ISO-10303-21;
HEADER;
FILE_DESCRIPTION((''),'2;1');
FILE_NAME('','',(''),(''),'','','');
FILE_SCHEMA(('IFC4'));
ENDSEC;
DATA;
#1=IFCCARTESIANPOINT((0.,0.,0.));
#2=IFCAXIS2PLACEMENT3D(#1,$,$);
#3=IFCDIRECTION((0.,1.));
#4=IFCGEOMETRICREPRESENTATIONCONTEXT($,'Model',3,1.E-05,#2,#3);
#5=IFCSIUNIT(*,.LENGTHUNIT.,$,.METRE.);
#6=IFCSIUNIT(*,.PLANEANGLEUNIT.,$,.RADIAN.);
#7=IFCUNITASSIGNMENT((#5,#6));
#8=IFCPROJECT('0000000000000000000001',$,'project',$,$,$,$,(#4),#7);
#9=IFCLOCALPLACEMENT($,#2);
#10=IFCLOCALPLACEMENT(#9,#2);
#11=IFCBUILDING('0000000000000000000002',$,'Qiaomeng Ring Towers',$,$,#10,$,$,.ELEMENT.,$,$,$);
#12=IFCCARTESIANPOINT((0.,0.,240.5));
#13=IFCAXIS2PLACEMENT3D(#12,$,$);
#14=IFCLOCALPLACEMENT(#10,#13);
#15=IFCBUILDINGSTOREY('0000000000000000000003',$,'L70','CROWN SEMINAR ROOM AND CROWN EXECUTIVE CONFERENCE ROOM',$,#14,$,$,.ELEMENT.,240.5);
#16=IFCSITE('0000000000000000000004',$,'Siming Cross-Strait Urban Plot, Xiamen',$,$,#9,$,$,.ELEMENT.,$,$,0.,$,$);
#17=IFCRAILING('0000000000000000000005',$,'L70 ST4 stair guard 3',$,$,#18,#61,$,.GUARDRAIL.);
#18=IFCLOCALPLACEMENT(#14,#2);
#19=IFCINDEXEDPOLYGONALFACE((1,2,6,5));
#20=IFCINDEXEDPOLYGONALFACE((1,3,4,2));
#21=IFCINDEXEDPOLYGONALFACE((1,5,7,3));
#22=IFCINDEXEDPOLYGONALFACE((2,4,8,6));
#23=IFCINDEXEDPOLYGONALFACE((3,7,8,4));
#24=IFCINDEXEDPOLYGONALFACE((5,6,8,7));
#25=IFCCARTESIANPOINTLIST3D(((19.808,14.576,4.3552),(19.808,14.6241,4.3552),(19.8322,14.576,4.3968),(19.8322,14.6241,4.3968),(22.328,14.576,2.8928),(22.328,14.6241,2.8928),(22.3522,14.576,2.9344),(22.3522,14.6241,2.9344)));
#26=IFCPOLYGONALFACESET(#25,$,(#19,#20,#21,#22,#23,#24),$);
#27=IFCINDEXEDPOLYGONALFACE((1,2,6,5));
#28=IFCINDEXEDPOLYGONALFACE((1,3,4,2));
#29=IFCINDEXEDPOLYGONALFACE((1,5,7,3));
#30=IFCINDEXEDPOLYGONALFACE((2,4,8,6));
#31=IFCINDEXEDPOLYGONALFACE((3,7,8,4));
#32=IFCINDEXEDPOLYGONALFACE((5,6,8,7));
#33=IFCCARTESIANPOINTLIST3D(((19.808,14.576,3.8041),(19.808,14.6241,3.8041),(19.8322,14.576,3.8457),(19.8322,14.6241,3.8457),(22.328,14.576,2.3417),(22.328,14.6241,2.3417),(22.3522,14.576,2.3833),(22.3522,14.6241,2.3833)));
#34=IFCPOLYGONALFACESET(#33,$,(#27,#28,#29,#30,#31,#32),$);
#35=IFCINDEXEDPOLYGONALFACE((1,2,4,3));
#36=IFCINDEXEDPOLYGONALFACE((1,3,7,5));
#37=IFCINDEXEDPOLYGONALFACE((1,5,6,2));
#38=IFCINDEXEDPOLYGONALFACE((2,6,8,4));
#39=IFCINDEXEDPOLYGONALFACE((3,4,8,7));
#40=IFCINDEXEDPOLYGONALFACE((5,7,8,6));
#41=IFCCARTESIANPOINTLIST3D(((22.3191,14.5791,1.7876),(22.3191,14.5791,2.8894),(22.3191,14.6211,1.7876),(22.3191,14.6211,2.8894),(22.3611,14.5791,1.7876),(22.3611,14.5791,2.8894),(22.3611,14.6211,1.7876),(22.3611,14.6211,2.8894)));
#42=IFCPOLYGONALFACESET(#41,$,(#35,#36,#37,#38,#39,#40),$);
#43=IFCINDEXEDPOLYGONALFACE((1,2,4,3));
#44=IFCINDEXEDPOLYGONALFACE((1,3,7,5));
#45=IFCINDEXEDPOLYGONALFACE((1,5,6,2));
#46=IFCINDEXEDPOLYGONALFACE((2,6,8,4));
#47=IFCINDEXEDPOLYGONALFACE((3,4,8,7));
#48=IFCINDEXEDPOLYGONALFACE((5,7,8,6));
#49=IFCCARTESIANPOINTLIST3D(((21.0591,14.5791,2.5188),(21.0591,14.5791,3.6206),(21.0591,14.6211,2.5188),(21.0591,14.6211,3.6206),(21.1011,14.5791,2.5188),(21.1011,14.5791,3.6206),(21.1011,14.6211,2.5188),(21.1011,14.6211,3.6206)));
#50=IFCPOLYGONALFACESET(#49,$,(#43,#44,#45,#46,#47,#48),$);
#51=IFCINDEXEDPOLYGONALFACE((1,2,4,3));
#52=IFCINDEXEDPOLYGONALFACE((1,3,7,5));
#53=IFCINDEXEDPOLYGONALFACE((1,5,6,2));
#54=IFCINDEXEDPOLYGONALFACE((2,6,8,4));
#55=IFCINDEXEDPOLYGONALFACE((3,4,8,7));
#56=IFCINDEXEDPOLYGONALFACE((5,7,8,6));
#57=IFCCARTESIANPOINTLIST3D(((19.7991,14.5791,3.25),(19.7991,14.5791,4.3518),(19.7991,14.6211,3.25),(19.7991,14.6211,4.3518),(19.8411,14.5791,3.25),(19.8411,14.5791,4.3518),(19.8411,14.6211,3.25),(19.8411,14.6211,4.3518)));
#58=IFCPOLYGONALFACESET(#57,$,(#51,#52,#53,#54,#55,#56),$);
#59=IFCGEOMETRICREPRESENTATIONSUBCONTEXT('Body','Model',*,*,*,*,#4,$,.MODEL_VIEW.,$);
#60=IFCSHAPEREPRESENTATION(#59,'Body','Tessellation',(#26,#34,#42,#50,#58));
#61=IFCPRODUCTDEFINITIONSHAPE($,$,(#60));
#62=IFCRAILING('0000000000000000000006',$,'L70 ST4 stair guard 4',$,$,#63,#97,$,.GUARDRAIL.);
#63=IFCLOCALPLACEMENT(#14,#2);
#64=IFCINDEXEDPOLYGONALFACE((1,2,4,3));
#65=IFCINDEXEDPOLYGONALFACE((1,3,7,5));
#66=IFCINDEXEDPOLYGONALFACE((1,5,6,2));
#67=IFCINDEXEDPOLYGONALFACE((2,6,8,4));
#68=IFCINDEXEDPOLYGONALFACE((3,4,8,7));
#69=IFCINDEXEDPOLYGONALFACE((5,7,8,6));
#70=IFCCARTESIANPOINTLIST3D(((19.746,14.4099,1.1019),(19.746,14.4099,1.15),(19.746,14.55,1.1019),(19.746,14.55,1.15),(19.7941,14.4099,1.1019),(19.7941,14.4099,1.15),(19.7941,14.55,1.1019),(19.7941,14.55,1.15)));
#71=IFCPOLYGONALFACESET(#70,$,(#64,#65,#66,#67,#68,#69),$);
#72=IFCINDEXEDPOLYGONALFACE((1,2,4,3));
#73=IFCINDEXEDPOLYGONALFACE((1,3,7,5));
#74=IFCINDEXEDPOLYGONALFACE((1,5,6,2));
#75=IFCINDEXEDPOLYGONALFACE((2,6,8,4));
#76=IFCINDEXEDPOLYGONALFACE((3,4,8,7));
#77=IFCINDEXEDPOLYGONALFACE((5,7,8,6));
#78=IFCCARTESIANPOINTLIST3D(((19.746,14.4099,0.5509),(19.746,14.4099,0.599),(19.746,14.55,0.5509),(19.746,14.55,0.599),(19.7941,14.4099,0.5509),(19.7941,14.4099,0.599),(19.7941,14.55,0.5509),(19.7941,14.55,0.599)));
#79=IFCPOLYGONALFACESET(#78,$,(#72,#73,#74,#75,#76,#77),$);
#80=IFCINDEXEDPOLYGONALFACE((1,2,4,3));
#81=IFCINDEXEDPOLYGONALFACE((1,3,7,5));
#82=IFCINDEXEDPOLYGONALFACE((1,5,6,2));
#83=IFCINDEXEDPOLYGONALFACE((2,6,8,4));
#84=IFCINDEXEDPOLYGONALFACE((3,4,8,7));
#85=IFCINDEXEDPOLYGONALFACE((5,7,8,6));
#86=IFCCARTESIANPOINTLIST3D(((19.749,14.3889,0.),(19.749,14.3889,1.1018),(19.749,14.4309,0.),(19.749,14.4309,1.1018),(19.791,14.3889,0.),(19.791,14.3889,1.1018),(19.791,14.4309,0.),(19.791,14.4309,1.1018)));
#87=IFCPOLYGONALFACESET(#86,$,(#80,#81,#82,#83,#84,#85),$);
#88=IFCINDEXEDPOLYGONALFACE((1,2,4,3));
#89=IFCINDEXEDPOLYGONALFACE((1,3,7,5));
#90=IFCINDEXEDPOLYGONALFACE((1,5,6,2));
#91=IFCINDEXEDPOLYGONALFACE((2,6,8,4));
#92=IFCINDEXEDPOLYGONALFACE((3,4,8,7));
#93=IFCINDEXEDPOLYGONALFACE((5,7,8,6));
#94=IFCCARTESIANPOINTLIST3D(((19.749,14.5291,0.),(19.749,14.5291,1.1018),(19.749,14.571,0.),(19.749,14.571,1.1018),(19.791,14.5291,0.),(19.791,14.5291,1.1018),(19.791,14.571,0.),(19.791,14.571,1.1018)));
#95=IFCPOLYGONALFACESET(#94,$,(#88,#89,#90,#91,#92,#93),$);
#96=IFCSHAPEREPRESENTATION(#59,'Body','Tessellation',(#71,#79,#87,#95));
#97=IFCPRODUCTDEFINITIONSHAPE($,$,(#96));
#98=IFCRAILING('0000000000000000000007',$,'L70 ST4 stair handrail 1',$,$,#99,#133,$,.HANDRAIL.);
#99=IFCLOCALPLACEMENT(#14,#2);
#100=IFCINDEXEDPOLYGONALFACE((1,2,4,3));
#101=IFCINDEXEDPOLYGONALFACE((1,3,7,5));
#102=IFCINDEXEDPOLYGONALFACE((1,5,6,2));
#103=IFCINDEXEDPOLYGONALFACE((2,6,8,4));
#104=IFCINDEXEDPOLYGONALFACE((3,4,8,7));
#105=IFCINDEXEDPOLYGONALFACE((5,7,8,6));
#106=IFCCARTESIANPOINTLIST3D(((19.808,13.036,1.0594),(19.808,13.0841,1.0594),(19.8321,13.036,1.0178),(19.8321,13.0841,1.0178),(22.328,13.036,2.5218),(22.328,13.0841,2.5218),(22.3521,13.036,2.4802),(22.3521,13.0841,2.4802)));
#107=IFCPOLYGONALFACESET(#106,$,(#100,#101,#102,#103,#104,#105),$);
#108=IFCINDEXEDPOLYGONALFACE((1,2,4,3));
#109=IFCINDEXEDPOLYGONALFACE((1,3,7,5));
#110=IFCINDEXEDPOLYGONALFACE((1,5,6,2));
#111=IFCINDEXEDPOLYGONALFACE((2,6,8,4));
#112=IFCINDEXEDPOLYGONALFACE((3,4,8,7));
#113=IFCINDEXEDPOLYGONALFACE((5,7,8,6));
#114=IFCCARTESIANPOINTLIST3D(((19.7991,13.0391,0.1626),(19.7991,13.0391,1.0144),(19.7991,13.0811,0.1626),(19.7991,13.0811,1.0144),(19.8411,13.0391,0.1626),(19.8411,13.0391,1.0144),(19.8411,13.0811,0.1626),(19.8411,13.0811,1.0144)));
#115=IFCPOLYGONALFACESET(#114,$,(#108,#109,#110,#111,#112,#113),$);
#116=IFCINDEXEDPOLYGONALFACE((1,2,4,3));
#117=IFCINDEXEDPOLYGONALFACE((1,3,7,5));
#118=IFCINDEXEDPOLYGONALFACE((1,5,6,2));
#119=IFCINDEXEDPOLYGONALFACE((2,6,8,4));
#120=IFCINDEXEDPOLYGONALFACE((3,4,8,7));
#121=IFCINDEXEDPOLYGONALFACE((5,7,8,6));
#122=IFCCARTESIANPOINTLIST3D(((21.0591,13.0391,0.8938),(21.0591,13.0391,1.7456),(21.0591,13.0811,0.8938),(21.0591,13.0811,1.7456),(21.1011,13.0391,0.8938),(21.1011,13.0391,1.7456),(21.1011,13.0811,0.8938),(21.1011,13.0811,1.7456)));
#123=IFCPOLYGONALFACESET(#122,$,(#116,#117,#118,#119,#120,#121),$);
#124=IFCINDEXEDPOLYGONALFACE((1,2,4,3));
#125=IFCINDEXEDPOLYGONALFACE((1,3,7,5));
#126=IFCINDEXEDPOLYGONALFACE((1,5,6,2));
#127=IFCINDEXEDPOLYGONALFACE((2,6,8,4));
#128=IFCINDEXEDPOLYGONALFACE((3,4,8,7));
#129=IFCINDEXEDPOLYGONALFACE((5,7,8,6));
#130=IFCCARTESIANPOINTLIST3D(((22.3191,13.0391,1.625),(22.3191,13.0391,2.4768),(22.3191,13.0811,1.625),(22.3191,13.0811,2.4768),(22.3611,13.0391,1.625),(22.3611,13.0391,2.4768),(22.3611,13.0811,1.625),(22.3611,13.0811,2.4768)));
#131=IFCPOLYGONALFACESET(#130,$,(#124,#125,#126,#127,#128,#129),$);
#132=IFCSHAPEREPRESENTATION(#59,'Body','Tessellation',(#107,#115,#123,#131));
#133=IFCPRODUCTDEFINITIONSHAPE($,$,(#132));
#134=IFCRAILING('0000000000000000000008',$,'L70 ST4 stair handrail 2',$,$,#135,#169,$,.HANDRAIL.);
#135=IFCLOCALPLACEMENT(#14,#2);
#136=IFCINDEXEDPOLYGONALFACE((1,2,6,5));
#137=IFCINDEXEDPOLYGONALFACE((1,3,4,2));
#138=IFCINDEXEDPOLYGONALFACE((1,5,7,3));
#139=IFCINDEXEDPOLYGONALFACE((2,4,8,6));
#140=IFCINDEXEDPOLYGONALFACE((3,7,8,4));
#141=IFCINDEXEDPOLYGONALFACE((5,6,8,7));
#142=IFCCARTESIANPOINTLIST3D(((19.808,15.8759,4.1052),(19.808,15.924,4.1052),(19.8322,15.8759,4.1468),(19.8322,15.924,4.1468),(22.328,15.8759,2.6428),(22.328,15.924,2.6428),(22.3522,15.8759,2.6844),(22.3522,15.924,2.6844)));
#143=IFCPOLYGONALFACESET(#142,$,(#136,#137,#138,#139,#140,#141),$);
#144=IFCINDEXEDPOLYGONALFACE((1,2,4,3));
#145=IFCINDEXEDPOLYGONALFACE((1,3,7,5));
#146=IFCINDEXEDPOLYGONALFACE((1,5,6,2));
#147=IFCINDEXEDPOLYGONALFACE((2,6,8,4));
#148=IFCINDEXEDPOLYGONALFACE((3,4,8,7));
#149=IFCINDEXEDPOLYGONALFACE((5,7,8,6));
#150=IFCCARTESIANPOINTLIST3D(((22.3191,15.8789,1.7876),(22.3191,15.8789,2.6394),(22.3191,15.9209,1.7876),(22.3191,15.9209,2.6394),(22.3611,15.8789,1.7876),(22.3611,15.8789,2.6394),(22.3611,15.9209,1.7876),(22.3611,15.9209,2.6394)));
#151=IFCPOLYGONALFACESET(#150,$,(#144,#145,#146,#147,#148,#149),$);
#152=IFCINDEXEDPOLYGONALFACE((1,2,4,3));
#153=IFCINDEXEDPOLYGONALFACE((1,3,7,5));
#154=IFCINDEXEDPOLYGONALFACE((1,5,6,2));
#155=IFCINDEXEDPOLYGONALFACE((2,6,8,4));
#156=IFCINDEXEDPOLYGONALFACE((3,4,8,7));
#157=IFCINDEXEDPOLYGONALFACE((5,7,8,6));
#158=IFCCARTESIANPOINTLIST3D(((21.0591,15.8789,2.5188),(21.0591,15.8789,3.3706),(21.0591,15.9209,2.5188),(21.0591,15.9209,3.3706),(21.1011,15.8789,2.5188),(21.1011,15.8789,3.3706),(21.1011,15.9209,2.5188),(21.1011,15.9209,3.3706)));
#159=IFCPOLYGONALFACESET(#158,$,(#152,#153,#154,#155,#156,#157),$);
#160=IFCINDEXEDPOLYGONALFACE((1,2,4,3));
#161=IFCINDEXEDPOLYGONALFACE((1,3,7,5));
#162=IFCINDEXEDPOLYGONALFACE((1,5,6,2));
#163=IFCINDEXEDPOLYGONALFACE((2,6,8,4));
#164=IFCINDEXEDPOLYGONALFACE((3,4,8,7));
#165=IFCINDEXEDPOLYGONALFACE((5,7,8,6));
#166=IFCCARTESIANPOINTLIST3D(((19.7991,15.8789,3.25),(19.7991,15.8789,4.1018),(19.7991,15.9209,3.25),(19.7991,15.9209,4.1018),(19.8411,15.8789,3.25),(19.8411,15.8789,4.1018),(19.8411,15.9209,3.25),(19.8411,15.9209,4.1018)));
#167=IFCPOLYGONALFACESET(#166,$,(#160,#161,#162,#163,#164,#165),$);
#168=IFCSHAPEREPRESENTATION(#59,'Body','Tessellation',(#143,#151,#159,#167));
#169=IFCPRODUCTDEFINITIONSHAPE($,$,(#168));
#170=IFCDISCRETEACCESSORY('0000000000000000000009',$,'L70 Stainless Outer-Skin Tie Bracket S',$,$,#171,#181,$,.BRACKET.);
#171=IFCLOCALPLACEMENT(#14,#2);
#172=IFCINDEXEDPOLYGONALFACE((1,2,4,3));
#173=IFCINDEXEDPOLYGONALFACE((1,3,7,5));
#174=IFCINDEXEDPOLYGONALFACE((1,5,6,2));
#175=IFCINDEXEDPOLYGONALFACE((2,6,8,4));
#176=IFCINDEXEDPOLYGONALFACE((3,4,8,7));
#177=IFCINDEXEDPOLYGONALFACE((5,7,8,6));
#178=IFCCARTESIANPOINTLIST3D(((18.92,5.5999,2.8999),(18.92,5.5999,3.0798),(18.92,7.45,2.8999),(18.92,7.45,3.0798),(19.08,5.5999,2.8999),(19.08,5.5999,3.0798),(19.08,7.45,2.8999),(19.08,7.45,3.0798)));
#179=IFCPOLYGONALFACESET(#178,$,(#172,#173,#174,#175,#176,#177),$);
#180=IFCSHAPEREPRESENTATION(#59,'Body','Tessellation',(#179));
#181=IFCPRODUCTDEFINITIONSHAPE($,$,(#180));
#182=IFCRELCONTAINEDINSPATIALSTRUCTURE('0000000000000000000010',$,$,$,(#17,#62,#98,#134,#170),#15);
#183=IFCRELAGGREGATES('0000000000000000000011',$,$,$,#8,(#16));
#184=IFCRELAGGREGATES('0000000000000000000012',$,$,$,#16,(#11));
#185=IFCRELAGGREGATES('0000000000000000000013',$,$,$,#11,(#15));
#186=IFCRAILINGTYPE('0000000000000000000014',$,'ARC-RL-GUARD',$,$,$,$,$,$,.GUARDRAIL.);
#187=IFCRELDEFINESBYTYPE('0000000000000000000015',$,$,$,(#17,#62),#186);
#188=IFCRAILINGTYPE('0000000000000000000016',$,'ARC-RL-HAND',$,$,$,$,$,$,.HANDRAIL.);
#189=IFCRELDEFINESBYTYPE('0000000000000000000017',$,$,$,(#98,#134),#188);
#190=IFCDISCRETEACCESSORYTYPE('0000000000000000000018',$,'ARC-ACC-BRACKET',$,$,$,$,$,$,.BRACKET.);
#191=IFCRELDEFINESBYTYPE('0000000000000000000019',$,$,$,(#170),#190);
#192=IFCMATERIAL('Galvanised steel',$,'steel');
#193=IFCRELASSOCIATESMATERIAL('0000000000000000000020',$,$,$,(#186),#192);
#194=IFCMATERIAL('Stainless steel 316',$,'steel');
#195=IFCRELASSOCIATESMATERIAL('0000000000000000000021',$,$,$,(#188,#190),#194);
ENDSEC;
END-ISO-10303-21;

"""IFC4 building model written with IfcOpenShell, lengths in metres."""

from ifc_helpers import new_model, si_unit, direction, frame, origin, origin_2d, place, context, subcontext, project, spatial, rectangle, extrude, source, transform, mapped, material, type_object, element, save


model = new_model("IFC4")

# Units and contexts
model_context = context("Model", 3, precision=1e-05, world=origin(), true_north=direction((0.0, 1.0)))
body_context = subcontext(model_context, "Body", "Model", "MODEL_VIEW")
ifc_project = project(units=[si_unit("LENGTHUNIT", "METRE"), si_unit("PLANEANGLEUNIT", "RADIAN")], contexts=[model_context])

# Site, building, storey
site_placement = place(None, origin())
site = spatial("IfcSite", under=ifc_project, at=site_placement, Name="Siming Cross-Strait Urban Plot, Xiamen", CompositionType="ELEMENT", RefElevation=0.0)
building_placement = place(site_placement, origin())
building = spatial("IfcBuilding", under=site, at=building_placement, Name="Qiaomeng Ring Towers", CompositionType="ELEMENT")
storey_placement = place(building_placement, frame((0.0, 0.0, 240.5)))
storey = spatial("IfcBuildingStorey", under=building, at=storey_placement, Name="L70", Description="CROWN SEMINAR ROOM AND CROWN EXECUTIVE CONFERENCE ROOM", CompositionType="ELEMENT", Elevation=240.5)

# Shared definitions
ifc_material_1 = material(Name="Galvanised steel", Category="steel")

# Railings
railing_type_1 = type_object("IfcRailingType", Name="ARC-RL-GUARD", PredefinedType="GUARDRAIL", material=ifc_material_1)
railing_1_placement = place(storey_placement, frame((22.3401, 14.6001, 1.7876)))
element("IfcRailing", 1, at=railing_1_placement, inside=storey, type_object=railing_type_1, Name="L70 ST4 stair guard 3", PredefinedType="GUARDRAIL", context=body_context, shape_type="SweptSolid", body=[
    extrude(rectangle(XDim=0.0481, YDim=0.0481, at=origin_2d()), frame((0.0, 0.0, 1.126), z_axis=(-0.864913, 0.0, 0.501921), x_axis=(0.0, -1.0, 0.0)), (0.0, 0.0, 1.0), 2.9136),
    extrude(rectangle(XDim=0.0481, YDim=0.0481, at=origin_2d()), frame((0.0, 0.0, 0.575), z_axis=(-0.864913, 0.0, 0.501921), x_axis=(0.0, -1.0, 0.0)), (0.0, 0.0, 1.0), 2.9136),
    extrude(rectangle(XDim=0.042, YDim=0.042, at=origin_2d()), origin(), (0.0, 0.0, 1.0), 1.1018),
    extrude(rectangle(XDim=0.042, YDim=0.042, at=origin_2d()), frame((-1.26, 0.0, 0.7312)), (0.0, 0.0, 1.0), 1.1018),
    extrude(rectangle(XDim=0.042, YDim=0.042, at=origin_2d()), frame((-2.52, 0.0, 1.4624)), (0.0, 0.0, 1.0), 1.1018),
])
railing_2_placement = place(storey_placement, frame((19.77, 14.4099, 0.0)))
element("IfcRailing", 2, at=railing_2_placement, inside=storey, type_object=railing_type_1, Name="L70 ST4 stair guard 4", PredefinedType="GUARDRAIL", context=body_context, shape_type="SweptSolid", body=[
    extrude(rectangle(XDim=0.0481, YDim=0.0481, at=origin_2d()), frame((0.0, 0.0, 1.126), z_axis=(0.0, 1.0, 0.0), x_axis=(-1.0, 0.0, 0.0)), (0.0, 0.0, 1.0), 0.1401),
    extrude(rectangle(XDim=0.0481, YDim=0.0481, at=origin_2d()), frame((0.0, 0.0, 0.575), z_axis=(0.0, 1.0, 0.0), x_axis=(-1.0, 0.0, 0.0)), (0.0, 0.0, 1.0), 0.1401),
    extrude(rectangle(XDim=0.042, YDim=0.042, at=origin_2d()), origin(), (0.0, 0.0, 1.0), 1.1018),
    extrude(rectangle(XDim=0.042, YDim=0.042, at=origin_2d()), frame((0.0, 0.1401, 0.0)), (0.0, 0.0, 1.0), 1.1018),
])
ifc_material_2 = material(Name="Stainless steel 316", Category="steel")
railing_type_2 = type_object("IfcRailingType", Name="ARC-RL-HAND", PredefinedType="HANDRAIL", material=ifc_material_2)
railing_3_placement = place(storey_placement, frame((19.8201, 13.0601, 0.1626)))
element("IfcRailing", 3, at=railing_3_placement, inside=storey, type_object=railing_type_2, Name="L70 ST4 stair handrail 1", PredefinedType="HANDRAIL", context=body_context, shape_type="SweptSolid", body=[
    extrude(rectangle(XDim=0.0481, YDim=0.0481, at=origin_2d()), frame((0.0, 0.0, 0.876), z_axis=(0.864913, 0.0, 0.501921), x_axis=(0.0, 1.0, 0.0)), (0.0, 0.0, 1.0), 2.9136),
    extrude(rectangle(XDim=0.042, YDim=0.042, at=origin_2d()), origin(), (0.0, 0.0, 1.0), 0.8518),
    extrude(rectangle(XDim=0.042, YDim=0.042, at=origin_2d()), frame((1.26, 0.0, 0.7312)), (0.0, 0.0, 1.0), 0.8518),
    extrude(rectangle(XDim=0.042, YDim=0.042, at=origin_2d()), frame((2.52, 0.0, 1.4624)), (0.0, 0.0, 1.0), 0.8518),
])
railing_4_placement = place(storey_placement, frame((22.3401, 15.8999, 1.7876)))
element("IfcRailing", 4, at=railing_4_placement, inside=storey, type_object=railing_type_2, Name="L70 ST4 stair handrail 2", PredefinedType="HANDRAIL", context=body_context, shape_type="SweptSolid", body=[
    extrude(rectangle(XDim=0.0481, YDim=0.0481, at=origin_2d()), frame((0.0, 0.0, 0.876), z_axis=(-0.864913, 0.0, 0.501921), x_axis=(0.0, -1.0, 0.0)), (0.0, 0.0, 1.0), 2.9136),
    extrude(rectangle(XDim=0.042, YDim=0.042, at=origin_2d()), origin(), (0.0, 0.0, 1.0), 0.8518),
    extrude(rectangle(XDim=0.042, YDim=0.042, at=origin_2d()), frame((-1.26, 0.0, 0.7312)), (0.0, 0.0, 1.0), 0.8518),
    extrude(rectangle(XDim=0.042, YDim=0.042, at=origin_2d()), frame((-2.52, 0.0, 1.4624)), (0.0, 0.0, 1.0), 0.8518),
])

# Discrete accessory
discrete_accessory_type = type_object("IfcDiscreteAccessoryType", Name="ARC-ACC-BRACKET", PredefinedType="BRACKET", material=ifc_material_2)
shared_shape_1 = source(origin(), body_context, "Body", "SweptSolid", [
    extrude(rectangle(XDim=0.1599, YDim=1.8501, at=origin_2d()), origin(), (0.0, 0.0, 1.0), 0.1799),
])
discrete_accessory_placement = place(storey_placement, frame((19.0, 6.5249, 2.8999), z_axis=(0.0, 0.0, 1.0), x_axis=(1.0, 0.0, 0.0)))
element("IfcDiscreteAccessory", 5, at=discrete_accessory_placement, inside=storey, type_object=discrete_accessory_type, Name="L70 Stainless Outer-Skin Tie Bracket S", PredefinedType="BRACKET", context=body_context, shape_type="MappedRepresentation", body=[
    mapped(shared_shape_1, transform((0.0, 0.0, 0.0), x_axis=(1.0, 0.0, 0.0), y_axis=(0.0, 1.0, 0.0), z_axis=(0.0, 0.0, 1.0), scale=1.0)),
])

save(model, "model.ifc")
